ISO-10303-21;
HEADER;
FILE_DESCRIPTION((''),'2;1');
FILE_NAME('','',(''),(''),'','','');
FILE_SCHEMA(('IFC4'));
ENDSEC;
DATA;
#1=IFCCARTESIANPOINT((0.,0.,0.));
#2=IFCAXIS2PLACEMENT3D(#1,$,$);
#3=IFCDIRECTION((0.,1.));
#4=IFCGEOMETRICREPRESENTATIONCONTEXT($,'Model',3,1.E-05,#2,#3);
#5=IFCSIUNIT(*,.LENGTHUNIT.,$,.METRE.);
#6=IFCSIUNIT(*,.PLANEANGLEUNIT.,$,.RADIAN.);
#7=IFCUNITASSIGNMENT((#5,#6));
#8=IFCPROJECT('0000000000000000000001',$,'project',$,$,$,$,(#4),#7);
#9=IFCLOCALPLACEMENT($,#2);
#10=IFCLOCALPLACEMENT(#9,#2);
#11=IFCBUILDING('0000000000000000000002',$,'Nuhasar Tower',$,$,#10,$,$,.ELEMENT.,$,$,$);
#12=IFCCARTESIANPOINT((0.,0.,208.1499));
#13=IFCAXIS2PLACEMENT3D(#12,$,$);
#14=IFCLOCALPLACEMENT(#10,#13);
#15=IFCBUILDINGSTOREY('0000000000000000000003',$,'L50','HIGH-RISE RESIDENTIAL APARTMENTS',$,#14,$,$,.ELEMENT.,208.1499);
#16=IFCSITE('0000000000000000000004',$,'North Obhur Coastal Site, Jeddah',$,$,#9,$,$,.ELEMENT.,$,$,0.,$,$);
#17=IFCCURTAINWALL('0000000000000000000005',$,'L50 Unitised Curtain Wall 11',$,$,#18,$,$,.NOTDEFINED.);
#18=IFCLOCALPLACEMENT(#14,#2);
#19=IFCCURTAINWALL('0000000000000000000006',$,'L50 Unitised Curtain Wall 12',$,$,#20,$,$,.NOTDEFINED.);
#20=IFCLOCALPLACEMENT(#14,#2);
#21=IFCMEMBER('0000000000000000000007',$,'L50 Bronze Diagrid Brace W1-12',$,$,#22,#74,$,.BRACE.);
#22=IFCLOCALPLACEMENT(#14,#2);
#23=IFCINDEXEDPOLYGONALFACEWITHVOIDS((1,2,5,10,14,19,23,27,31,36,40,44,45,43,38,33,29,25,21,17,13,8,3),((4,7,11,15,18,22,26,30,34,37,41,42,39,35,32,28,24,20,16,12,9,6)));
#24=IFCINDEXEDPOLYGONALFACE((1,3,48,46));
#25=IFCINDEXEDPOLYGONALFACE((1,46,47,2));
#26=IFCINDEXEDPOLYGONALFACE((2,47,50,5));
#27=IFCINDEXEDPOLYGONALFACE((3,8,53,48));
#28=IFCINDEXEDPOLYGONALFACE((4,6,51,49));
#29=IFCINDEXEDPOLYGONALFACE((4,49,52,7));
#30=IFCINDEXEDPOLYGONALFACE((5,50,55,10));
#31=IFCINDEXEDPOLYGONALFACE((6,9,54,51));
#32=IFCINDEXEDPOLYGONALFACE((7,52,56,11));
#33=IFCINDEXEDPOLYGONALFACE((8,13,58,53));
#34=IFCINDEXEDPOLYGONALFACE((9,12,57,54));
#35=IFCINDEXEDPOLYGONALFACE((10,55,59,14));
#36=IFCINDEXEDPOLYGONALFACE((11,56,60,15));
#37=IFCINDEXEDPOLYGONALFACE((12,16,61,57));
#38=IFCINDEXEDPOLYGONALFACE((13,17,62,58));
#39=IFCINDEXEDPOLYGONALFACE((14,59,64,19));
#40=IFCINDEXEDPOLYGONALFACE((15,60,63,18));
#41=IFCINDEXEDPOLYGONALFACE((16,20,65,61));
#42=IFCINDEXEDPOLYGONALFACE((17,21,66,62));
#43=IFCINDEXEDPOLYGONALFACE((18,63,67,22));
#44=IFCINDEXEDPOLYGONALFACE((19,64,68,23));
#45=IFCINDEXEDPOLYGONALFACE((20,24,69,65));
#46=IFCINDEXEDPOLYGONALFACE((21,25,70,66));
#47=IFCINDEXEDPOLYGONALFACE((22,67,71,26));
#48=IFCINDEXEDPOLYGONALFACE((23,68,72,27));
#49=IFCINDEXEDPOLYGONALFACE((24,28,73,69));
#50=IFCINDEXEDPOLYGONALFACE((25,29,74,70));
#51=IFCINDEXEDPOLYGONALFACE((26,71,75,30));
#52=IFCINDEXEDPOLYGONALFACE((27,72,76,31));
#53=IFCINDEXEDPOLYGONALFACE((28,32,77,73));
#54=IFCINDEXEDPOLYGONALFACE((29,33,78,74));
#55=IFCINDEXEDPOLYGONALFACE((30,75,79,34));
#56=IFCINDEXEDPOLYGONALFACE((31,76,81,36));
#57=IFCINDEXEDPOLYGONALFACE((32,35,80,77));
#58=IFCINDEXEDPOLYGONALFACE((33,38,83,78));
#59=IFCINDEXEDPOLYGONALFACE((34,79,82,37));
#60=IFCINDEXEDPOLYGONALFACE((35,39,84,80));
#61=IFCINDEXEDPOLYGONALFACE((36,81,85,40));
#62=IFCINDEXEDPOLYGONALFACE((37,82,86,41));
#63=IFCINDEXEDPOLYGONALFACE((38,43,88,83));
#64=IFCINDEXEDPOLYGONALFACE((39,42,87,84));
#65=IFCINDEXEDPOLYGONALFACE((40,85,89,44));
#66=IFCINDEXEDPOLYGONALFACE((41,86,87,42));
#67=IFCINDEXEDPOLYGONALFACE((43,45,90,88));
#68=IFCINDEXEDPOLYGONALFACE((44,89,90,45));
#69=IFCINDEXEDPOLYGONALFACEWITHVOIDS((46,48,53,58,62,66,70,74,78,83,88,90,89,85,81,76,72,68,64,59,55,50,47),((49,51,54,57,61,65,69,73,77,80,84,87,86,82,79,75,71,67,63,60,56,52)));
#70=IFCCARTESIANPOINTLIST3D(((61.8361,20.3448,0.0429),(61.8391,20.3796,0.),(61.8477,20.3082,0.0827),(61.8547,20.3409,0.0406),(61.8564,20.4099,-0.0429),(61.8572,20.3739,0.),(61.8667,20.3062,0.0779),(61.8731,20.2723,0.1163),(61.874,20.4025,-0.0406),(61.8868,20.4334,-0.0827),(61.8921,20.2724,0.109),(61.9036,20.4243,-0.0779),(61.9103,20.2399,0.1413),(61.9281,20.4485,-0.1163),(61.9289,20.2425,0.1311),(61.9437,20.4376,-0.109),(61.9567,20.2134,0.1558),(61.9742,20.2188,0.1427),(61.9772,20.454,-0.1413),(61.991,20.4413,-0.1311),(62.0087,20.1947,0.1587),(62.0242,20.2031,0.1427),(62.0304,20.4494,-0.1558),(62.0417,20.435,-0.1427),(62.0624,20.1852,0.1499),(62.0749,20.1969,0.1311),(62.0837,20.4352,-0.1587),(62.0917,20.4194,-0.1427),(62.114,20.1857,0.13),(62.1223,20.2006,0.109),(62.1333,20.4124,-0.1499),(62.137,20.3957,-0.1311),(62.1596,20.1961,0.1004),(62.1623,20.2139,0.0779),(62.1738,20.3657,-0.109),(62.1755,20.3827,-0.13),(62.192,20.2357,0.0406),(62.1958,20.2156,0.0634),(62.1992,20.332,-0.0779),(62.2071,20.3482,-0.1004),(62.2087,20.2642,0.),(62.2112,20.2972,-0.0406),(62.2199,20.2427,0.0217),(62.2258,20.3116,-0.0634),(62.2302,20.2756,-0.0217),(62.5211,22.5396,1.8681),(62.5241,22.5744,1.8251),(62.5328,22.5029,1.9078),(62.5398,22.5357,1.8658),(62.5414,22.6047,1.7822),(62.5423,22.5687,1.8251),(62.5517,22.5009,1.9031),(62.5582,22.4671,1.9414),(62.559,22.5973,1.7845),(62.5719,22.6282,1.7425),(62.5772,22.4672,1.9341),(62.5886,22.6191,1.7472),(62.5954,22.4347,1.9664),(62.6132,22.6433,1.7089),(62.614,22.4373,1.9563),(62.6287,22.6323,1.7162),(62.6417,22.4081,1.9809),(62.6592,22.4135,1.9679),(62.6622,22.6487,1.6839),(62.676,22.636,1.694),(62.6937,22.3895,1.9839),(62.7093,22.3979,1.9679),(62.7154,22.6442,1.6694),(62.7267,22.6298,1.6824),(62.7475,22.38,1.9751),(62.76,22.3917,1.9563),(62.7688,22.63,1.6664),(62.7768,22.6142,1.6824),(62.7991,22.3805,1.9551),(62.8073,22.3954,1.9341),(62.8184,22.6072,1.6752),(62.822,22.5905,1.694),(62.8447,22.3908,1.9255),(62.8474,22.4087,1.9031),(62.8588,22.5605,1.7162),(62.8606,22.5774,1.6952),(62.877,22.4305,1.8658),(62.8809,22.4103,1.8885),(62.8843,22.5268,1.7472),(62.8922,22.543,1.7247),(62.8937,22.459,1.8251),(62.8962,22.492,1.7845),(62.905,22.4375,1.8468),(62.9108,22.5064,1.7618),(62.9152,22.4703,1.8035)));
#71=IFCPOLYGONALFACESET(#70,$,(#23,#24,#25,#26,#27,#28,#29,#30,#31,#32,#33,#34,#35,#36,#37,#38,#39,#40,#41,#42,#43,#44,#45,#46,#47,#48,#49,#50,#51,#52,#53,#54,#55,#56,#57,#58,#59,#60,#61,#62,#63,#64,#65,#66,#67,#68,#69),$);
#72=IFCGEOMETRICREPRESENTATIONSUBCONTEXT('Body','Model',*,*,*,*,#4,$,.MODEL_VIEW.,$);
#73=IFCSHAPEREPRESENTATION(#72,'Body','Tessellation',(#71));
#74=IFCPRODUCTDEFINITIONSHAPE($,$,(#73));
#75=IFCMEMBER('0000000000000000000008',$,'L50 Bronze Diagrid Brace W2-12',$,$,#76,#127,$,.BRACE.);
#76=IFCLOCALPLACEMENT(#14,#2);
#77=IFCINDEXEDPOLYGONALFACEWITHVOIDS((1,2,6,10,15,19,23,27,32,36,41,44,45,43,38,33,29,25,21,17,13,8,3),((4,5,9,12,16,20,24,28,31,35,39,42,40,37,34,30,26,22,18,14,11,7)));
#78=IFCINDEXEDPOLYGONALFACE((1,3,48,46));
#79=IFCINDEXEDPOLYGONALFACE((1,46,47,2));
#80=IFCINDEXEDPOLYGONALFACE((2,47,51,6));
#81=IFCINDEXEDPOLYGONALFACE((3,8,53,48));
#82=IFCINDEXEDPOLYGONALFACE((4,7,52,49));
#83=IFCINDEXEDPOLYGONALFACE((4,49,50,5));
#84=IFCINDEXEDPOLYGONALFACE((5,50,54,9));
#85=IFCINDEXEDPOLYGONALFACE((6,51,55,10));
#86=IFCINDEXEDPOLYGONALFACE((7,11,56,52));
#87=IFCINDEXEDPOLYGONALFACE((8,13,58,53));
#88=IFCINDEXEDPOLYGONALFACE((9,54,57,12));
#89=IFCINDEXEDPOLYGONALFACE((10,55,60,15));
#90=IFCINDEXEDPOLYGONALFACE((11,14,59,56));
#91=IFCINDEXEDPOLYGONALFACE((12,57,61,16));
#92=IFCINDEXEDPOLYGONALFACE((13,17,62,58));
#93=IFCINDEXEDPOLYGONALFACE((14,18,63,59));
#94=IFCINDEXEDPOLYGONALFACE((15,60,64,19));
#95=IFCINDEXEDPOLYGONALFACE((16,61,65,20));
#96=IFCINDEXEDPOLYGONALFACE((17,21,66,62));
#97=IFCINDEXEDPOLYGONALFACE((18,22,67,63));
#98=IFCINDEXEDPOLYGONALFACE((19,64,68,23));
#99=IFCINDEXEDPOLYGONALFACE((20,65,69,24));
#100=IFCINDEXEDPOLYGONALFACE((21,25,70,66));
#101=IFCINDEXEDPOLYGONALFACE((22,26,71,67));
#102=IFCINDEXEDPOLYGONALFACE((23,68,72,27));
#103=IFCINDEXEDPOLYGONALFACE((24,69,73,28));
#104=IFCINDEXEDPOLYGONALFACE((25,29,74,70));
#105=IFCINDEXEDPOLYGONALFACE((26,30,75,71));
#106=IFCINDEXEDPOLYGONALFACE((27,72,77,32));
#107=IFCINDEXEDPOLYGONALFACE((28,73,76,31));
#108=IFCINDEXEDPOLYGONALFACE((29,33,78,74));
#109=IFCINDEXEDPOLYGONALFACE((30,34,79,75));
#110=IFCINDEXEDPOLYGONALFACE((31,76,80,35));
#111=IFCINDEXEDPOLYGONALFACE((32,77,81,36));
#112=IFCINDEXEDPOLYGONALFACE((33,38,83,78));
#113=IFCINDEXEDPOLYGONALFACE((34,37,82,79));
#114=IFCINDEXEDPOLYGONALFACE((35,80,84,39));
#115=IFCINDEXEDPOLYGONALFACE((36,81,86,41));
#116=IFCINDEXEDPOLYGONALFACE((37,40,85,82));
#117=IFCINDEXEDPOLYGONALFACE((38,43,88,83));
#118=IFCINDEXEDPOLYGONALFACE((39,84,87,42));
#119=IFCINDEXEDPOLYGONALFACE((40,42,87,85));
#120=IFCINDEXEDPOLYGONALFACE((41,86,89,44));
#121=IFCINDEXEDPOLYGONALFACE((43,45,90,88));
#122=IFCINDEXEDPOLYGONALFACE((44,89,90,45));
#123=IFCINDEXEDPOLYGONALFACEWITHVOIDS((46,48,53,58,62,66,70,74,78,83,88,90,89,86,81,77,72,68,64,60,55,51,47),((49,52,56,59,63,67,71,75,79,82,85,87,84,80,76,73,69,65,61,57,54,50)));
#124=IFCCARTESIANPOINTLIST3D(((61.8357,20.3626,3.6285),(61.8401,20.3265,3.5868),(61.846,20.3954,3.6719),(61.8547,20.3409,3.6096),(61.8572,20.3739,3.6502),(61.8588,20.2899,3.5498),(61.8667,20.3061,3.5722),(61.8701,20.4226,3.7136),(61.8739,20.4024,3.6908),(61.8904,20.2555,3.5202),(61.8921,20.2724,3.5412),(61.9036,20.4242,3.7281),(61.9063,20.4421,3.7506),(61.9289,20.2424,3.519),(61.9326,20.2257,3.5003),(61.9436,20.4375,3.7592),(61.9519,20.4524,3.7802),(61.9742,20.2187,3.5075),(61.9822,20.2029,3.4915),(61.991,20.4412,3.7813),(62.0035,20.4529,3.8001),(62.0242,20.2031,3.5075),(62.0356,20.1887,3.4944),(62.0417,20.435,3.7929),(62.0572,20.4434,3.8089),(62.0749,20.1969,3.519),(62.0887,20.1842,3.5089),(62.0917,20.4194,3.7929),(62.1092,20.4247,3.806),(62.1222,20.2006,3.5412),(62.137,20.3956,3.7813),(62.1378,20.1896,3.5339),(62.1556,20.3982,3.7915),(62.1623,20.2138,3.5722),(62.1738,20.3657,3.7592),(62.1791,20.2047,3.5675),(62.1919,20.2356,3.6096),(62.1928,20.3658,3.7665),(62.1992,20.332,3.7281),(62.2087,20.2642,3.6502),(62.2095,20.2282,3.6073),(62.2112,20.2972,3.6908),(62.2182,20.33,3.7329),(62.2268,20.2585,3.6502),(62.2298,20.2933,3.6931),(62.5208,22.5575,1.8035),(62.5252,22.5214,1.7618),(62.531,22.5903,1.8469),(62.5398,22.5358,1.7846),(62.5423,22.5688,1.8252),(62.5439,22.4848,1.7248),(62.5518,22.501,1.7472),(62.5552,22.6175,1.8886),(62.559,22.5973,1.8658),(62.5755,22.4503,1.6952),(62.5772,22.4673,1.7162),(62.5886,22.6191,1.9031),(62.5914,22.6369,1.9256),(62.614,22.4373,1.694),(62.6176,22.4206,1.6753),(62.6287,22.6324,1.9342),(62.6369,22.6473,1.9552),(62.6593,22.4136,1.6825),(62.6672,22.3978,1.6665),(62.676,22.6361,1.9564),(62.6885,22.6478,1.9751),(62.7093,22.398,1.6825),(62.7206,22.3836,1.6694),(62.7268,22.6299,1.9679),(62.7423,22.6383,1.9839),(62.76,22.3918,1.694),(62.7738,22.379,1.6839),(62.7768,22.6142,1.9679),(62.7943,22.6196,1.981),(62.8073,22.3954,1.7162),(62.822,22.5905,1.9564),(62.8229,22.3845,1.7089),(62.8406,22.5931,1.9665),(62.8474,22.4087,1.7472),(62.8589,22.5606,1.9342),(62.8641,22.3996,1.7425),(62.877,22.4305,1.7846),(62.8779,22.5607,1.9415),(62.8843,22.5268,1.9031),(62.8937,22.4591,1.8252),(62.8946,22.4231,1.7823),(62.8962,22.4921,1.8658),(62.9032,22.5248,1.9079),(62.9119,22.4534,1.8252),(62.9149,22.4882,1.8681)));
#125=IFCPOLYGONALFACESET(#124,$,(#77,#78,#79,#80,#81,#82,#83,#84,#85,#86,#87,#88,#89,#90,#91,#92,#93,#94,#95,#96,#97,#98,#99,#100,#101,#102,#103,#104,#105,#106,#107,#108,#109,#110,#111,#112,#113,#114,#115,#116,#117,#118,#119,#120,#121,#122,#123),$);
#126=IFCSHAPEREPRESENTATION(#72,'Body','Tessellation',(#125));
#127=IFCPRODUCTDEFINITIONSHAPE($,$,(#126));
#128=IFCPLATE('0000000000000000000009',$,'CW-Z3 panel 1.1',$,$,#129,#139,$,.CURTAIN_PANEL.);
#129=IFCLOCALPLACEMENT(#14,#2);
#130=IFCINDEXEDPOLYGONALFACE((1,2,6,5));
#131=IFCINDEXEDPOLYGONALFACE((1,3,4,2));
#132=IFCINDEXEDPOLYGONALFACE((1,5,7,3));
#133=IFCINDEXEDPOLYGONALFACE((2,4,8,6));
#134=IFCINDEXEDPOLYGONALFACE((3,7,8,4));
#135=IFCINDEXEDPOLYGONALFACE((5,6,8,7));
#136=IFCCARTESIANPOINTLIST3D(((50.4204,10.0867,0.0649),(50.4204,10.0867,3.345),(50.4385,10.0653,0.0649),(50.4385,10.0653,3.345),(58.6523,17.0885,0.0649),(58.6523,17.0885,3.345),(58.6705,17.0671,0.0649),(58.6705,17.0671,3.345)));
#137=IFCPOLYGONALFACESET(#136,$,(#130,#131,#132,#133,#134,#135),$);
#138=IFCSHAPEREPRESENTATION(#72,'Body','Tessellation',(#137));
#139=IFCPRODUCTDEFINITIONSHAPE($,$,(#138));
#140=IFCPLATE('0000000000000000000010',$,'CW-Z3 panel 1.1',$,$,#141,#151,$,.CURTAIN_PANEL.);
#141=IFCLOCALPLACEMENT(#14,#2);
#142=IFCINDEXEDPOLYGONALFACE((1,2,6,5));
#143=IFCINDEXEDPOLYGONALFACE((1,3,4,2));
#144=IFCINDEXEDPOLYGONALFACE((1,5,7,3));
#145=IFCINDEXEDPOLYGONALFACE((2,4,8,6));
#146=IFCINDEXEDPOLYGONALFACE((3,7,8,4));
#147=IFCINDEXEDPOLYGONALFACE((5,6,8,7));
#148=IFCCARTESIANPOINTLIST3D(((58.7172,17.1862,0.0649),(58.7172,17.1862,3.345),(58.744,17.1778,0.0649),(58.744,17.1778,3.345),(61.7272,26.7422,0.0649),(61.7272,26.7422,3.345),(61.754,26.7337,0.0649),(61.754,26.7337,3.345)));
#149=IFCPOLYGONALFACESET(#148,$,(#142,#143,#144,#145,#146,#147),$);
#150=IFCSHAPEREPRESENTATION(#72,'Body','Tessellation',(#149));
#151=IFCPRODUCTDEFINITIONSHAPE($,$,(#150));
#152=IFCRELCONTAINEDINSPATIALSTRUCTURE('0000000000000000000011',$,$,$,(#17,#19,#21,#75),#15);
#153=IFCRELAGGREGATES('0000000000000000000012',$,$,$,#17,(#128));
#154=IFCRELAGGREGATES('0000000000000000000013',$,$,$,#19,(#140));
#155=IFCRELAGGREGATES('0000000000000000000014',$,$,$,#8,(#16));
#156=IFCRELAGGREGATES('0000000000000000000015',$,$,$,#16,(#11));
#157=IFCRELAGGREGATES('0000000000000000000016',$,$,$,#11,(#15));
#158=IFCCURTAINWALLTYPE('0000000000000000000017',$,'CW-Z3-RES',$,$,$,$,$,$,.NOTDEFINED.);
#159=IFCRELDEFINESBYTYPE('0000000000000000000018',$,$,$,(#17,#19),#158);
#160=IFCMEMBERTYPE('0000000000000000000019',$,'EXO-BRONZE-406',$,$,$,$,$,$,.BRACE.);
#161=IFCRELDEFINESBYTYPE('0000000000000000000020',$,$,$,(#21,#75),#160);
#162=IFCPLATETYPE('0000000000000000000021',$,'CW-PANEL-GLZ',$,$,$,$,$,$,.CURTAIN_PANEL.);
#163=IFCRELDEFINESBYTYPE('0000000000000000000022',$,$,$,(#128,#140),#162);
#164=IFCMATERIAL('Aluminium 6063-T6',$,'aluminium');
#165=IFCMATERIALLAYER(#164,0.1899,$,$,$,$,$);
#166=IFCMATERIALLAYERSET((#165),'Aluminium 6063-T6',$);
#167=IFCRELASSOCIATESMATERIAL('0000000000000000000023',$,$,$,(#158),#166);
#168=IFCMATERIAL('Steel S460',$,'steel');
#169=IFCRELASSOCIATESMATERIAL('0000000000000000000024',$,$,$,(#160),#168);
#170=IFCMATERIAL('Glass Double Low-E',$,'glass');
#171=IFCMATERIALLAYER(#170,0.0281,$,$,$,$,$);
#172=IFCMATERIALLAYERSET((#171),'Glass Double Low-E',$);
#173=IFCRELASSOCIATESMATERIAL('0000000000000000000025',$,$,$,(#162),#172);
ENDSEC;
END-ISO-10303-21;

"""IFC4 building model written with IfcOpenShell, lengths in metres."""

from ifc_helpers import new_model, si_unit, direction, frame, origin, origin_2d, place, context, subcontext, project, spatial, rectangle, hollow_circle, extrude, material, layer, layer_set, material_profile, profile_set, type_object, element, aggregate, save


model = new_model("IFC4")

# Units and contexts
model_context = context("Model", 3, precision=1e-05, world=origin(), true_north=direction((0.0, 1.0)))
body_context = subcontext(model_context, "Body", "Model", "MODEL_VIEW")
ifc_project = project(units=[si_unit("LENGTHUNIT", "METRE"), si_unit("PLANEANGLEUNIT", "RADIAN")], contexts=[model_context])

# Site, building, storey
site_placement = place(None, origin())
site = spatial("IfcSite", under=ifc_project, at=site_placement, Name="North Obhur Coastal Site, Jeddah", CompositionType="ELEMENT", RefElevation=0.0)
building_placement = place(site_placement, origin())
building = spatial("IfcBuilding", under=site, at=building_placement, Name="Nuhasar Tower", CompositionType="ELEMENT")
storey_placement = place(building_placement, frame((0.0, 0.0, 208.1499)))
storey = spatial("IfcBuildingStorey", under=building, at=storey_placement, Name="L50", Description="HIGH-RISE RESIDENTIAL APARTMENTS", CompositionType="ELEMENT", Elevation=208.1499)

# Curtain wall
ifc_material_1 = material(Name="Aluminium 6063-T6", Category="aluminium")
ifc_layer_1 = layer(ifc_material_1, 0.1899)
ifc_layer_set_1 = layer_set([ifc_layer_1], Name="Aluminium 6063-T6")
curtain_wall_type = type_object("IfcCurtainWallType", Name="CW-Z3-RES", PredefinedType="NOTDEFINED", material=ifc_layer_set_1)
curtain_wall_1_placement = place(storey_placement, origin())
curtain_wall_1 = element("IfcCurtainWall", 1, at=curtain_wall_1_placement, inside=storey, type_object=curtain_wall_type, Name="L50 Unitised Curtain Wall 11", PredefinedType="NOTDEFINED")

# Curtain wall
curtain_wall_2_placement = place(storey_placement, origin())
curtain_wall_2 = element("IfcCurtainWall", 2, at=curtain_wall_2_placement, inside=storey, type_object=curtain_wall_type, Name="L50 Unitised Curtain Wall 12", PredefinedType="NOTDEFINED")

# Members
ifc_material_2 = material(Name="Steel S460", Category="steel")
ifc_material_profile_1 = material_profile(ifc_material_2, hollow_circle(Radius=0.2031, WallThickness=0.019, at=origin_2d()), Name="HSS406.4X19.1")
ifc_profile_set_1 = profile_set([ifc_material_profile_1], Name="Steel S460")
member_type_1 = type_object("IfcMemberType", Name="EXO-BRONZE-406", PredefinedType="BRACE", material=ifc_profile_set_1)
for number, where, z_axis, x_axis, name in (
    (3, (62.033, 20.3191, 0.0), (0.23336, 0.747651, 0.62174), (-0.954582, 0.297948, 0.0), "L50 Bronze Diagrid Brace W1-12"),
    (4, (62.718, 22.5139, 1.8252), (-0.233372, -0.74769, 0.621689), (0.954582, -0.297948, 0.0), "L50 Bronze Diagrid Brace W2-12"),
):
    element("IfcMember", number, at=place(storey_placement, frame(where, z_axis=z_axis, x_axis=x_axis)), inside=storey, type_object=member_type_1, Name=name, PredefinedType="BRACE", context=body_context, shape_type="SweptSolid", body=[
        extrude(hollow_circle(Radius=0.2031, WallThickness=0.019, at=origin_2d()), origin(), (0.0, 0.0, 1.0), 2.9355),
    ])

# Plates
ifc_material_3 = material(Name="Glass Double Low-E", Category="glass")
ifc_layer_2 = layer(ifc_material_3, 0.0281)
ifc_layer_set_2 = layer_set([ifc_layer_2], Name="Glass Double Low-E")
plate_type = type_object("IfcPlateType", Name="CW-PANEL-GLZ", PredefinedType="CURTAIN_PANEL", material=ifc_layer_set_2)
plate_1_placement = place(storey_placement, frame((54.5454, 13.5769, 0.0649), z_axis=(0.0, 0.0, 1.0), x_axis=(0.761729, 0.647895, 0.0)))
plate_1 = element("IfcPlate", 5, at=plate_1_placement, type_object=plate_type, Name="CW-Z3 panel 1.1", PredefinedType="CURTAIN_PANEL", context=body_context, shape_type="SweptSolid", body=[
    extrude(rectangle(XDim=10.8069, YDim=0.0281, at=origin_2d()), origin(), (0.0, 0.0, 1.0), 3.28),
])
aggregate(curtain_wall_1, [plate_1])
plate_2_placement = place(storey_placement, frame((60.2356, 21.96, 0.0649), z_axis=(0.0, 0.0, 1.0), x_axis=(0.300429, 0.953804, 0.0)))
plate_2 = element("IfcPlate", 6, at=plate_2_placement, type_object=plate_type, Name="CW-Z3 panel 1.1", PredefinedType="CURTAIN_PANEL", context=body_context, shape_type="SweptSolid", body=[
    extrude(rectangle(XDim=10.0188, YDim=0.0281, at=origin_2d()), origin(), (0.0, 0.0, 1.0), 3.28),
])
aggregate(curtain_wall_2, [plate_2])

save(model, "model.ifc")
